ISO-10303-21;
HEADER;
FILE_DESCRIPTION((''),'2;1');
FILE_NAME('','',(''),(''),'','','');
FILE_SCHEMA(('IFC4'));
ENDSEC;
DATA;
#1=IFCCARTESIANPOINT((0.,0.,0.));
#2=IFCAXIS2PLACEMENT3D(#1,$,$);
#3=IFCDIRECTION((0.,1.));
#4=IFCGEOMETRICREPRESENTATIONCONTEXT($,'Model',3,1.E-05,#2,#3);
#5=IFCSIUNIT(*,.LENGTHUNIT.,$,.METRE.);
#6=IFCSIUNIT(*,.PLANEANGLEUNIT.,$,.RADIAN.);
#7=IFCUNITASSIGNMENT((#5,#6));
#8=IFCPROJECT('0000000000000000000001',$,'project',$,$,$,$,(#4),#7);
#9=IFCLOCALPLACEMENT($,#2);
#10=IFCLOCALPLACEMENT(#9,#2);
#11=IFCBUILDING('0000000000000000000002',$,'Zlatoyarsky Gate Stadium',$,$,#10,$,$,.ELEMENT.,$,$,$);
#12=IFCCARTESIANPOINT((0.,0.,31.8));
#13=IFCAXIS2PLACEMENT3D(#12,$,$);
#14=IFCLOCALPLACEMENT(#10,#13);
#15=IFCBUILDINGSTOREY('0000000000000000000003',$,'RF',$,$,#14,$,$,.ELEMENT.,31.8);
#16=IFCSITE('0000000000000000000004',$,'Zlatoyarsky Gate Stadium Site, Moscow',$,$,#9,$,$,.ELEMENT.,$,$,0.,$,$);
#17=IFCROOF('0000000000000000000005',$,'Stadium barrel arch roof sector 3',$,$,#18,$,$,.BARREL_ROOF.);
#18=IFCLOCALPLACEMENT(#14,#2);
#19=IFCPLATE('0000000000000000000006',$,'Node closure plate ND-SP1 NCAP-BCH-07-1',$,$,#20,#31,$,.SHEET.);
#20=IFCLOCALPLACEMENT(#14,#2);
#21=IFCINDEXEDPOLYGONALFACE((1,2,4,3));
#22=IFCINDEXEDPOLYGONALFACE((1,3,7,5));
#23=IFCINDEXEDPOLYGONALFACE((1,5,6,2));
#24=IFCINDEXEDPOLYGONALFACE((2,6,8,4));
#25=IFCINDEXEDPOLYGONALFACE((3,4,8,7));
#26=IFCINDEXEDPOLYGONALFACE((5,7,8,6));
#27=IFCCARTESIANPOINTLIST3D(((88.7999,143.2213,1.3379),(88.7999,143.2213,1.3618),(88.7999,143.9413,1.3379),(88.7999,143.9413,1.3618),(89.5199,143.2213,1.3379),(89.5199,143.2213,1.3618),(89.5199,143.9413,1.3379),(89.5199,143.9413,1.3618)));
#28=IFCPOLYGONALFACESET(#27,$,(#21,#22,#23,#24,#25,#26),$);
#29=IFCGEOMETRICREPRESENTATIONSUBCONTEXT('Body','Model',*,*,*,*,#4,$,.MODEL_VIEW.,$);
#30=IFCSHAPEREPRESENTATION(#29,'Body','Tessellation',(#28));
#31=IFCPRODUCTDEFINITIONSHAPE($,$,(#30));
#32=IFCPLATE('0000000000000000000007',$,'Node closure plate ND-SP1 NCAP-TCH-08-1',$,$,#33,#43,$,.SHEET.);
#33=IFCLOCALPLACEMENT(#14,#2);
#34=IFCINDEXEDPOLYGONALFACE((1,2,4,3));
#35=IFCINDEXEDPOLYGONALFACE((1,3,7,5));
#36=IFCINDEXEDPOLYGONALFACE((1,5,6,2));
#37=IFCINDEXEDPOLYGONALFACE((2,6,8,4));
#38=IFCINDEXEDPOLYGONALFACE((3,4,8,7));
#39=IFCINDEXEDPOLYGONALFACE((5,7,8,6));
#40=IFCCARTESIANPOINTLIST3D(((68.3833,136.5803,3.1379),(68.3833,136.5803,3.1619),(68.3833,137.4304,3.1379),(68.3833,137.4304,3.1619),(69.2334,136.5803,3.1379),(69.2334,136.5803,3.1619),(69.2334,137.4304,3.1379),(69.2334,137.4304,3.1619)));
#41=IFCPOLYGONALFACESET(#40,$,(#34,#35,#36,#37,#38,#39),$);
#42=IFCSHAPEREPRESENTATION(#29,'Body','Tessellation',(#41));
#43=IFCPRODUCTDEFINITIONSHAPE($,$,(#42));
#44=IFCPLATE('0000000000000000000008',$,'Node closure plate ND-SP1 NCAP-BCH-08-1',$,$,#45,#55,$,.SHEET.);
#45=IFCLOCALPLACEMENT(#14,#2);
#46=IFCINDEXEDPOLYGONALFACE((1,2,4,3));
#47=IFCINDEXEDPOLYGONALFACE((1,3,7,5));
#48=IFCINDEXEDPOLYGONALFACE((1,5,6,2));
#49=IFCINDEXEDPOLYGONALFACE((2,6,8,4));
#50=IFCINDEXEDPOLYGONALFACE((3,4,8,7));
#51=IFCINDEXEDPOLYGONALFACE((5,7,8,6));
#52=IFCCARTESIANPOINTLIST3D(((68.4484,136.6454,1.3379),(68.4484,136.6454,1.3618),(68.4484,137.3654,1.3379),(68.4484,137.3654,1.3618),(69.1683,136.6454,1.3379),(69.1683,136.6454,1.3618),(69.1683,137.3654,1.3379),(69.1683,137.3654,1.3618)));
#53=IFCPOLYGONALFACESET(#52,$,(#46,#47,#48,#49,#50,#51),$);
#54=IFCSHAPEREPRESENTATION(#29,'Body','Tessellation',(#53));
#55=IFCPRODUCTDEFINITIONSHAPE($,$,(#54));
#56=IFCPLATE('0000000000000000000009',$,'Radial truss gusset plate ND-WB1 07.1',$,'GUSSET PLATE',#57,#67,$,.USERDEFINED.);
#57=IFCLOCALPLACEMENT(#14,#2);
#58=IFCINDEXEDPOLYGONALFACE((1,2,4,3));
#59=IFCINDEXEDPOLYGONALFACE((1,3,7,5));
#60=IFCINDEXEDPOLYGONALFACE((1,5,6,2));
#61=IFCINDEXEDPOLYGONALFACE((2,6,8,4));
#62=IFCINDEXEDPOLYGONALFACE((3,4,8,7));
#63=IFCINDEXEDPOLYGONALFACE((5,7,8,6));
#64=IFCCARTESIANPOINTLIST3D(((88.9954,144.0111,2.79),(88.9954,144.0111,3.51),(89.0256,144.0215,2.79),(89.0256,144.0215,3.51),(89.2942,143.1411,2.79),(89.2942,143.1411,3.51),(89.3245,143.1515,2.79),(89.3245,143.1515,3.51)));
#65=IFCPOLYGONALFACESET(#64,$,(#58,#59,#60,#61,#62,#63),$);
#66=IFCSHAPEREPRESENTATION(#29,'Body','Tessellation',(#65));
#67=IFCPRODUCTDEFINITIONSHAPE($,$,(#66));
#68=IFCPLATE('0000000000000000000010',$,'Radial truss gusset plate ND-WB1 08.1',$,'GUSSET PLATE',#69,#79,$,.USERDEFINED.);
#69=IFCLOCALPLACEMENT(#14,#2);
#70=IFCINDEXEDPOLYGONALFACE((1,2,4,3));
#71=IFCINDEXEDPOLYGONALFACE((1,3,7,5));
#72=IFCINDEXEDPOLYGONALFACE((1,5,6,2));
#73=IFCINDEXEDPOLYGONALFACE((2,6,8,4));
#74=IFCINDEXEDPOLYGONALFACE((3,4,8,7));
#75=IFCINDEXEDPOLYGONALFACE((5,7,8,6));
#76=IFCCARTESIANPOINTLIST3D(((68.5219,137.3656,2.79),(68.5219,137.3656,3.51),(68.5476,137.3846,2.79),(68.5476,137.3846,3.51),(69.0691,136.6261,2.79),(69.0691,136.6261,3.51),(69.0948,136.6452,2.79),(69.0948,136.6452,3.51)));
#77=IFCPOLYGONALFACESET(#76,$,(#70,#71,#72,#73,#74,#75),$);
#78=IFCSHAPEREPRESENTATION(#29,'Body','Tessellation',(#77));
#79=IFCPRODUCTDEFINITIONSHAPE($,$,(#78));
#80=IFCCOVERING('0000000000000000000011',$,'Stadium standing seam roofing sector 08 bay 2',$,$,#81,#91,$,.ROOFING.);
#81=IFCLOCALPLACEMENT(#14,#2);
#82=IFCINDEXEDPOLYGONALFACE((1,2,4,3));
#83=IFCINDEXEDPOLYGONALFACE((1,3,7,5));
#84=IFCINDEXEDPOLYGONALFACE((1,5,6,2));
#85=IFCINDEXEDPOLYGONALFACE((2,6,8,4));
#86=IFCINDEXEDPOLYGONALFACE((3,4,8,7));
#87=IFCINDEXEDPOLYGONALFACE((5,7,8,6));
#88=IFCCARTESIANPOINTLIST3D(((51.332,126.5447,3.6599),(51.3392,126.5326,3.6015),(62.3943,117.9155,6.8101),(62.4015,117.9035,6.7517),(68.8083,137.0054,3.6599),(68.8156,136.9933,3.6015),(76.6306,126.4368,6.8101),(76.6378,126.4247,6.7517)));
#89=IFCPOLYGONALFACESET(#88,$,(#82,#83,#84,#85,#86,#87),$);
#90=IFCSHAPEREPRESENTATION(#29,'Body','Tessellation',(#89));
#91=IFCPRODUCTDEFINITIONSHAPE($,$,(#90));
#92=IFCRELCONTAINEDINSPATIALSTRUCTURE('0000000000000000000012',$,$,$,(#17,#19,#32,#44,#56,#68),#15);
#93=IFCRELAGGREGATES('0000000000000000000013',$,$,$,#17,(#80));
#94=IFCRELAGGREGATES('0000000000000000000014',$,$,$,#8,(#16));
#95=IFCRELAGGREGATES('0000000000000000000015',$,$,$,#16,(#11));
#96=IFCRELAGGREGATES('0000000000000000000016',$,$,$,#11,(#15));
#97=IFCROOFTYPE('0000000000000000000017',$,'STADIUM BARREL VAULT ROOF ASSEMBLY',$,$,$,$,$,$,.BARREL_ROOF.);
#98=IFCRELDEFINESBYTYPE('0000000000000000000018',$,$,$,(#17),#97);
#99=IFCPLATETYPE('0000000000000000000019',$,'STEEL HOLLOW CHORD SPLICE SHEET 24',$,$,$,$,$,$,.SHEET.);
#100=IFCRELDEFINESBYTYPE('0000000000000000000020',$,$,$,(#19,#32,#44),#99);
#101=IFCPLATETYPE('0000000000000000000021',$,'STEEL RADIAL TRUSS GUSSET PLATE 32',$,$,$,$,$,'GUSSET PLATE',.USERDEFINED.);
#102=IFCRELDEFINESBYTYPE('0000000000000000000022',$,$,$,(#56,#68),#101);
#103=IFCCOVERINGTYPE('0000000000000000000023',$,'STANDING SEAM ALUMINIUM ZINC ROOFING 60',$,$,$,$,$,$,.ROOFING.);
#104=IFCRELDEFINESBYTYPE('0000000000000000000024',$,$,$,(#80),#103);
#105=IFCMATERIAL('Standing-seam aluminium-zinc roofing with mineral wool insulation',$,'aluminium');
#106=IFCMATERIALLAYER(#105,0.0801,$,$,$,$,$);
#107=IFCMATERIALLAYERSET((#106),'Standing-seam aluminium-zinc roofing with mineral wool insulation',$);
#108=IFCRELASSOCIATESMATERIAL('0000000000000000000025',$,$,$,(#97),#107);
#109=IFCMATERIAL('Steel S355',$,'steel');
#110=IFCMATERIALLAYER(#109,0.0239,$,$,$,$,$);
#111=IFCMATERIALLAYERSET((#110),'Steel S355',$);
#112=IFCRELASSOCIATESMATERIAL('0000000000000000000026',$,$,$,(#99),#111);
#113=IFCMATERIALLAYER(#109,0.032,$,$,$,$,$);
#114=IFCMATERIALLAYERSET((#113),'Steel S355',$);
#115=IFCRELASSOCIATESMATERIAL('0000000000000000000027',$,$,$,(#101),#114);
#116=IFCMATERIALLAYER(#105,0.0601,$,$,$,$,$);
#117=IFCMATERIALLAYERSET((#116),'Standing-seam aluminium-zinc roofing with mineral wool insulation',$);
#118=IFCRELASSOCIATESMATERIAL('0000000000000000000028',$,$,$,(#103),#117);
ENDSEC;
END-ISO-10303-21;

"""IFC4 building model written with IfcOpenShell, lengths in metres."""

from ifc_helpers import new_model, si_unit, direction, frame, origin, origin_2d, place, context, subcontext, project, spatial, polyline, rectangle, outline, extrude, material, layer, layer_set, type_object, element, aggregate, save


model = new_model("IFC4")

# Units and contexts
model_context = context("Model", 3, precision=1e-05, world=origin(), true_north=direction((0.0, 1.0)))
body_context = subcontext(model_context, "Body", "Model", "MODEL_VIEW")
ifc_project = project(units=[si_unit("LENGTHUNIT", "METRE"), si_unit("PLANEANGLEUNIT", "RADIAN")], contexts=[model_context])

# Site, building, storey
site_placement = place(None, origin())
site = spatial("IfcSite", under=ifc_project, at=site_placement, Name="Zlatoyarsky Gate Stadium Site, Moscow", CompositionType="ELEMENT", RefElevation=0.0)
building_placement = place(site_placement, origin())
building = spatial("IfcBuilding", under=site, at=building_placement, Name="Zlatoyarsky Gate Stadium", CompositionType="ELEMENT")
storey_placement = place(building_placement, frame((0.0, 0.0, 31.8)))
storey = spatial("IfcBuildingStorey", under=building, at=storey_placement, Name="RF", CompositionType="ELEMENT", Elevation=31.8)

# Shared definitions
ifc_material_1 = material(Name="Steel S355", Category="steel")

# Roof
ifc_material_2 = material(Name="Standing-seam aluminium-zinc roofing with mineral wool insulation", Category="aluminium")
ifc_layer_1 = layer(ifc_material_2, 0.0801)
ifc_layer_set_1 = layer_set([ifc_layer_1], Name="Standing-seam aluminium-zinc roofing with mineral wool insulation")
roof_type = type_object("IfcRoofType", Name="STADIUM BARREL VAULT ROOF ASSEMBLY", PredefinedType="BARREL_ROOF", material=ifc_layer_set_1)
roof_placement = place(storey_placement, origin())
roof = element("IfcRoof", 1, at=roof_placement, inside=storey, type_object=roof_type, Name="Stadium barrel arch roof sector 3", PredefinedType="BARREL_ROOF")

# Plates
ifc_layer_2 = layer(ifc_material_1, 0.0239)
ifc_layer_set_2 = layer_set([ifc_layer_2], Name="Steel S355")
plate_type_1 = type_object("IfcPlateType", Name="STEEL HOLLOW CHORD SPLICE SHEET 24", PredefinedType="SHEET", material=ifc_layer_set_2)
plate_1_placement = place(storey_placement, frame((89.1599, 143.5813, 1.3379), z_axis=(0.0, 0.0, 1.0), x_axis=(1.0, 0.0, 0.0)))
element("IfcPlate", 2, at=plate_1_placement, inside=storey, type_object=plate_type_1, Name="Node closure plate ND-SP1 NCAP-BCH-07-1", PredefinedType="SHEET", context=body_context, shape_type="SweptSolid", body=[
    extrude(rectangle(XDim=0.72, YDim=0.72, at=origin_2d()), origin(), (0.0, 0.0, 1.0), 0.0239),
])
plate_2_placement = place(storey_placement, frame((68.8083, 137.0054, 3.1379), z_axis=(0.0, 0.0, 1.0), x_axis=(1.0, 0.0, 0.0)))
element("IfcPlate", 3, at=plate_2_placement, inside=storey, type_object=plate_type_1, Name="Node closure plate ND-SP1 NCAP-TCH-08-1", PredefinedType="SHEET", context=body_context, shape_type="SweptSolid", body=[
    extrude(rectangle(XDim=0.8501, YDim=0.8501, at=origin_2d()), origin(), (0.0, 0.0, 1.0), 0.0239),
])
plate_3_placement = place(storey_placement, frame((68.8083, 137.0054, 1.3379), z_axis=(0.0, 0.0, 1.0), x_axis=(1.0, 0.0, 0.0)))
element("IfcPlate", 4, at=plate_3_placement, inside=storey, type_object=plate_type_1, Name="Node closure plate ND-SP1 NCAP-BCH-08-1", PredefinedType="SHEET", context=body_context, shape_type="SweptSolid", body=[
    extrude(rectangle(XDim=0.72, YDim=0.72, at=origin_2d()), origin(), (0.0, 0.0, 1.0), 0.0239),
])
ifc_layer_3 = layer(ifc_material_1, 0.032)
ifc_layer_set_3 = layer_set([ifc_layer_3], Name="Steel S355")
plate_type_2 = type_object("IfcPlateType", Name="STEEL RADIAL TRUSS GUSSET PLATE 32", ElementType="GUSSET PLATE", PredefinedType="USERDEFINED", material=ifc_layer_set_3)
for number, where, z_axis, x_axis, name in (
    (5, (89.1599, 143.5813, 2.79), (0.0, 0.0, 1.0), (0.324867, -0.94576, 0.0), "Radial truss gusset plate ND-WB1 07.1"),
    (6, (68.8083, 137.0054, 2.79), (0.0, 0.0, 1.0), (0.594913, -0.80379, 0.0), "Radial truss gusset plate ND-WB1 08.1"),
):
    element("IfcPlate", number, at=place(storey_placement, frame(where, z_axis=z_axis, x_axis=x_axis)), inside=storey, type_object=plate_type_2, Name=name, ObjectType="GUSSET PLATE", PredefinedType="USERDEFINED", context=body_context, shape_type="SweptSolid", body=[
        extrude(rectangle(XDim=0.9199, YDim=0.032, at=origin_2d()), origin(), (0.0, 0.0, 1.0), 0.72),
    ])

# Covering
ifc_layer_4 = layer(ifc_material_2, 0.0601)
ifc_layer_set_4 = layer_set([ifc_layer_4], Name="Standing-seam aluminium-zinc roofing with mineral wool insulation")
covering_type = type_object("IfcCoveringType", Name="STANDING SEAM ALUMINIUM ZINC ROOFING 60", PredefinedType="ROOFING", material=ifc_layer_set_4)
covering_placement = place(storey_placement, frame((68.8083, 137.0054, 3.6599), z_axis=(-0.120204, 0.200821, 0.972225), x_axis=(-0.858036, -0.513589, 0.000001)))
covering = element("IfcCovering", 7, at=covering_placement, type_object=covering_type, Name="Stadium standing seam roofing sector 08 bay 2", PredefinedType="ROOFING", context=body_context, shape_type="SweptSolid", body=[
    extrude(outline(polyline([(0.0, 0.0), (20.3678, 0.0), (15.3078, 13.4594), (-1.2839, 13.4595), (0.0, 0.0)])), origin(), (0.0, 0.0, -1.0), 0.0601),
])
aggregate(roof, [covering])

save(model, "model.ifc")
